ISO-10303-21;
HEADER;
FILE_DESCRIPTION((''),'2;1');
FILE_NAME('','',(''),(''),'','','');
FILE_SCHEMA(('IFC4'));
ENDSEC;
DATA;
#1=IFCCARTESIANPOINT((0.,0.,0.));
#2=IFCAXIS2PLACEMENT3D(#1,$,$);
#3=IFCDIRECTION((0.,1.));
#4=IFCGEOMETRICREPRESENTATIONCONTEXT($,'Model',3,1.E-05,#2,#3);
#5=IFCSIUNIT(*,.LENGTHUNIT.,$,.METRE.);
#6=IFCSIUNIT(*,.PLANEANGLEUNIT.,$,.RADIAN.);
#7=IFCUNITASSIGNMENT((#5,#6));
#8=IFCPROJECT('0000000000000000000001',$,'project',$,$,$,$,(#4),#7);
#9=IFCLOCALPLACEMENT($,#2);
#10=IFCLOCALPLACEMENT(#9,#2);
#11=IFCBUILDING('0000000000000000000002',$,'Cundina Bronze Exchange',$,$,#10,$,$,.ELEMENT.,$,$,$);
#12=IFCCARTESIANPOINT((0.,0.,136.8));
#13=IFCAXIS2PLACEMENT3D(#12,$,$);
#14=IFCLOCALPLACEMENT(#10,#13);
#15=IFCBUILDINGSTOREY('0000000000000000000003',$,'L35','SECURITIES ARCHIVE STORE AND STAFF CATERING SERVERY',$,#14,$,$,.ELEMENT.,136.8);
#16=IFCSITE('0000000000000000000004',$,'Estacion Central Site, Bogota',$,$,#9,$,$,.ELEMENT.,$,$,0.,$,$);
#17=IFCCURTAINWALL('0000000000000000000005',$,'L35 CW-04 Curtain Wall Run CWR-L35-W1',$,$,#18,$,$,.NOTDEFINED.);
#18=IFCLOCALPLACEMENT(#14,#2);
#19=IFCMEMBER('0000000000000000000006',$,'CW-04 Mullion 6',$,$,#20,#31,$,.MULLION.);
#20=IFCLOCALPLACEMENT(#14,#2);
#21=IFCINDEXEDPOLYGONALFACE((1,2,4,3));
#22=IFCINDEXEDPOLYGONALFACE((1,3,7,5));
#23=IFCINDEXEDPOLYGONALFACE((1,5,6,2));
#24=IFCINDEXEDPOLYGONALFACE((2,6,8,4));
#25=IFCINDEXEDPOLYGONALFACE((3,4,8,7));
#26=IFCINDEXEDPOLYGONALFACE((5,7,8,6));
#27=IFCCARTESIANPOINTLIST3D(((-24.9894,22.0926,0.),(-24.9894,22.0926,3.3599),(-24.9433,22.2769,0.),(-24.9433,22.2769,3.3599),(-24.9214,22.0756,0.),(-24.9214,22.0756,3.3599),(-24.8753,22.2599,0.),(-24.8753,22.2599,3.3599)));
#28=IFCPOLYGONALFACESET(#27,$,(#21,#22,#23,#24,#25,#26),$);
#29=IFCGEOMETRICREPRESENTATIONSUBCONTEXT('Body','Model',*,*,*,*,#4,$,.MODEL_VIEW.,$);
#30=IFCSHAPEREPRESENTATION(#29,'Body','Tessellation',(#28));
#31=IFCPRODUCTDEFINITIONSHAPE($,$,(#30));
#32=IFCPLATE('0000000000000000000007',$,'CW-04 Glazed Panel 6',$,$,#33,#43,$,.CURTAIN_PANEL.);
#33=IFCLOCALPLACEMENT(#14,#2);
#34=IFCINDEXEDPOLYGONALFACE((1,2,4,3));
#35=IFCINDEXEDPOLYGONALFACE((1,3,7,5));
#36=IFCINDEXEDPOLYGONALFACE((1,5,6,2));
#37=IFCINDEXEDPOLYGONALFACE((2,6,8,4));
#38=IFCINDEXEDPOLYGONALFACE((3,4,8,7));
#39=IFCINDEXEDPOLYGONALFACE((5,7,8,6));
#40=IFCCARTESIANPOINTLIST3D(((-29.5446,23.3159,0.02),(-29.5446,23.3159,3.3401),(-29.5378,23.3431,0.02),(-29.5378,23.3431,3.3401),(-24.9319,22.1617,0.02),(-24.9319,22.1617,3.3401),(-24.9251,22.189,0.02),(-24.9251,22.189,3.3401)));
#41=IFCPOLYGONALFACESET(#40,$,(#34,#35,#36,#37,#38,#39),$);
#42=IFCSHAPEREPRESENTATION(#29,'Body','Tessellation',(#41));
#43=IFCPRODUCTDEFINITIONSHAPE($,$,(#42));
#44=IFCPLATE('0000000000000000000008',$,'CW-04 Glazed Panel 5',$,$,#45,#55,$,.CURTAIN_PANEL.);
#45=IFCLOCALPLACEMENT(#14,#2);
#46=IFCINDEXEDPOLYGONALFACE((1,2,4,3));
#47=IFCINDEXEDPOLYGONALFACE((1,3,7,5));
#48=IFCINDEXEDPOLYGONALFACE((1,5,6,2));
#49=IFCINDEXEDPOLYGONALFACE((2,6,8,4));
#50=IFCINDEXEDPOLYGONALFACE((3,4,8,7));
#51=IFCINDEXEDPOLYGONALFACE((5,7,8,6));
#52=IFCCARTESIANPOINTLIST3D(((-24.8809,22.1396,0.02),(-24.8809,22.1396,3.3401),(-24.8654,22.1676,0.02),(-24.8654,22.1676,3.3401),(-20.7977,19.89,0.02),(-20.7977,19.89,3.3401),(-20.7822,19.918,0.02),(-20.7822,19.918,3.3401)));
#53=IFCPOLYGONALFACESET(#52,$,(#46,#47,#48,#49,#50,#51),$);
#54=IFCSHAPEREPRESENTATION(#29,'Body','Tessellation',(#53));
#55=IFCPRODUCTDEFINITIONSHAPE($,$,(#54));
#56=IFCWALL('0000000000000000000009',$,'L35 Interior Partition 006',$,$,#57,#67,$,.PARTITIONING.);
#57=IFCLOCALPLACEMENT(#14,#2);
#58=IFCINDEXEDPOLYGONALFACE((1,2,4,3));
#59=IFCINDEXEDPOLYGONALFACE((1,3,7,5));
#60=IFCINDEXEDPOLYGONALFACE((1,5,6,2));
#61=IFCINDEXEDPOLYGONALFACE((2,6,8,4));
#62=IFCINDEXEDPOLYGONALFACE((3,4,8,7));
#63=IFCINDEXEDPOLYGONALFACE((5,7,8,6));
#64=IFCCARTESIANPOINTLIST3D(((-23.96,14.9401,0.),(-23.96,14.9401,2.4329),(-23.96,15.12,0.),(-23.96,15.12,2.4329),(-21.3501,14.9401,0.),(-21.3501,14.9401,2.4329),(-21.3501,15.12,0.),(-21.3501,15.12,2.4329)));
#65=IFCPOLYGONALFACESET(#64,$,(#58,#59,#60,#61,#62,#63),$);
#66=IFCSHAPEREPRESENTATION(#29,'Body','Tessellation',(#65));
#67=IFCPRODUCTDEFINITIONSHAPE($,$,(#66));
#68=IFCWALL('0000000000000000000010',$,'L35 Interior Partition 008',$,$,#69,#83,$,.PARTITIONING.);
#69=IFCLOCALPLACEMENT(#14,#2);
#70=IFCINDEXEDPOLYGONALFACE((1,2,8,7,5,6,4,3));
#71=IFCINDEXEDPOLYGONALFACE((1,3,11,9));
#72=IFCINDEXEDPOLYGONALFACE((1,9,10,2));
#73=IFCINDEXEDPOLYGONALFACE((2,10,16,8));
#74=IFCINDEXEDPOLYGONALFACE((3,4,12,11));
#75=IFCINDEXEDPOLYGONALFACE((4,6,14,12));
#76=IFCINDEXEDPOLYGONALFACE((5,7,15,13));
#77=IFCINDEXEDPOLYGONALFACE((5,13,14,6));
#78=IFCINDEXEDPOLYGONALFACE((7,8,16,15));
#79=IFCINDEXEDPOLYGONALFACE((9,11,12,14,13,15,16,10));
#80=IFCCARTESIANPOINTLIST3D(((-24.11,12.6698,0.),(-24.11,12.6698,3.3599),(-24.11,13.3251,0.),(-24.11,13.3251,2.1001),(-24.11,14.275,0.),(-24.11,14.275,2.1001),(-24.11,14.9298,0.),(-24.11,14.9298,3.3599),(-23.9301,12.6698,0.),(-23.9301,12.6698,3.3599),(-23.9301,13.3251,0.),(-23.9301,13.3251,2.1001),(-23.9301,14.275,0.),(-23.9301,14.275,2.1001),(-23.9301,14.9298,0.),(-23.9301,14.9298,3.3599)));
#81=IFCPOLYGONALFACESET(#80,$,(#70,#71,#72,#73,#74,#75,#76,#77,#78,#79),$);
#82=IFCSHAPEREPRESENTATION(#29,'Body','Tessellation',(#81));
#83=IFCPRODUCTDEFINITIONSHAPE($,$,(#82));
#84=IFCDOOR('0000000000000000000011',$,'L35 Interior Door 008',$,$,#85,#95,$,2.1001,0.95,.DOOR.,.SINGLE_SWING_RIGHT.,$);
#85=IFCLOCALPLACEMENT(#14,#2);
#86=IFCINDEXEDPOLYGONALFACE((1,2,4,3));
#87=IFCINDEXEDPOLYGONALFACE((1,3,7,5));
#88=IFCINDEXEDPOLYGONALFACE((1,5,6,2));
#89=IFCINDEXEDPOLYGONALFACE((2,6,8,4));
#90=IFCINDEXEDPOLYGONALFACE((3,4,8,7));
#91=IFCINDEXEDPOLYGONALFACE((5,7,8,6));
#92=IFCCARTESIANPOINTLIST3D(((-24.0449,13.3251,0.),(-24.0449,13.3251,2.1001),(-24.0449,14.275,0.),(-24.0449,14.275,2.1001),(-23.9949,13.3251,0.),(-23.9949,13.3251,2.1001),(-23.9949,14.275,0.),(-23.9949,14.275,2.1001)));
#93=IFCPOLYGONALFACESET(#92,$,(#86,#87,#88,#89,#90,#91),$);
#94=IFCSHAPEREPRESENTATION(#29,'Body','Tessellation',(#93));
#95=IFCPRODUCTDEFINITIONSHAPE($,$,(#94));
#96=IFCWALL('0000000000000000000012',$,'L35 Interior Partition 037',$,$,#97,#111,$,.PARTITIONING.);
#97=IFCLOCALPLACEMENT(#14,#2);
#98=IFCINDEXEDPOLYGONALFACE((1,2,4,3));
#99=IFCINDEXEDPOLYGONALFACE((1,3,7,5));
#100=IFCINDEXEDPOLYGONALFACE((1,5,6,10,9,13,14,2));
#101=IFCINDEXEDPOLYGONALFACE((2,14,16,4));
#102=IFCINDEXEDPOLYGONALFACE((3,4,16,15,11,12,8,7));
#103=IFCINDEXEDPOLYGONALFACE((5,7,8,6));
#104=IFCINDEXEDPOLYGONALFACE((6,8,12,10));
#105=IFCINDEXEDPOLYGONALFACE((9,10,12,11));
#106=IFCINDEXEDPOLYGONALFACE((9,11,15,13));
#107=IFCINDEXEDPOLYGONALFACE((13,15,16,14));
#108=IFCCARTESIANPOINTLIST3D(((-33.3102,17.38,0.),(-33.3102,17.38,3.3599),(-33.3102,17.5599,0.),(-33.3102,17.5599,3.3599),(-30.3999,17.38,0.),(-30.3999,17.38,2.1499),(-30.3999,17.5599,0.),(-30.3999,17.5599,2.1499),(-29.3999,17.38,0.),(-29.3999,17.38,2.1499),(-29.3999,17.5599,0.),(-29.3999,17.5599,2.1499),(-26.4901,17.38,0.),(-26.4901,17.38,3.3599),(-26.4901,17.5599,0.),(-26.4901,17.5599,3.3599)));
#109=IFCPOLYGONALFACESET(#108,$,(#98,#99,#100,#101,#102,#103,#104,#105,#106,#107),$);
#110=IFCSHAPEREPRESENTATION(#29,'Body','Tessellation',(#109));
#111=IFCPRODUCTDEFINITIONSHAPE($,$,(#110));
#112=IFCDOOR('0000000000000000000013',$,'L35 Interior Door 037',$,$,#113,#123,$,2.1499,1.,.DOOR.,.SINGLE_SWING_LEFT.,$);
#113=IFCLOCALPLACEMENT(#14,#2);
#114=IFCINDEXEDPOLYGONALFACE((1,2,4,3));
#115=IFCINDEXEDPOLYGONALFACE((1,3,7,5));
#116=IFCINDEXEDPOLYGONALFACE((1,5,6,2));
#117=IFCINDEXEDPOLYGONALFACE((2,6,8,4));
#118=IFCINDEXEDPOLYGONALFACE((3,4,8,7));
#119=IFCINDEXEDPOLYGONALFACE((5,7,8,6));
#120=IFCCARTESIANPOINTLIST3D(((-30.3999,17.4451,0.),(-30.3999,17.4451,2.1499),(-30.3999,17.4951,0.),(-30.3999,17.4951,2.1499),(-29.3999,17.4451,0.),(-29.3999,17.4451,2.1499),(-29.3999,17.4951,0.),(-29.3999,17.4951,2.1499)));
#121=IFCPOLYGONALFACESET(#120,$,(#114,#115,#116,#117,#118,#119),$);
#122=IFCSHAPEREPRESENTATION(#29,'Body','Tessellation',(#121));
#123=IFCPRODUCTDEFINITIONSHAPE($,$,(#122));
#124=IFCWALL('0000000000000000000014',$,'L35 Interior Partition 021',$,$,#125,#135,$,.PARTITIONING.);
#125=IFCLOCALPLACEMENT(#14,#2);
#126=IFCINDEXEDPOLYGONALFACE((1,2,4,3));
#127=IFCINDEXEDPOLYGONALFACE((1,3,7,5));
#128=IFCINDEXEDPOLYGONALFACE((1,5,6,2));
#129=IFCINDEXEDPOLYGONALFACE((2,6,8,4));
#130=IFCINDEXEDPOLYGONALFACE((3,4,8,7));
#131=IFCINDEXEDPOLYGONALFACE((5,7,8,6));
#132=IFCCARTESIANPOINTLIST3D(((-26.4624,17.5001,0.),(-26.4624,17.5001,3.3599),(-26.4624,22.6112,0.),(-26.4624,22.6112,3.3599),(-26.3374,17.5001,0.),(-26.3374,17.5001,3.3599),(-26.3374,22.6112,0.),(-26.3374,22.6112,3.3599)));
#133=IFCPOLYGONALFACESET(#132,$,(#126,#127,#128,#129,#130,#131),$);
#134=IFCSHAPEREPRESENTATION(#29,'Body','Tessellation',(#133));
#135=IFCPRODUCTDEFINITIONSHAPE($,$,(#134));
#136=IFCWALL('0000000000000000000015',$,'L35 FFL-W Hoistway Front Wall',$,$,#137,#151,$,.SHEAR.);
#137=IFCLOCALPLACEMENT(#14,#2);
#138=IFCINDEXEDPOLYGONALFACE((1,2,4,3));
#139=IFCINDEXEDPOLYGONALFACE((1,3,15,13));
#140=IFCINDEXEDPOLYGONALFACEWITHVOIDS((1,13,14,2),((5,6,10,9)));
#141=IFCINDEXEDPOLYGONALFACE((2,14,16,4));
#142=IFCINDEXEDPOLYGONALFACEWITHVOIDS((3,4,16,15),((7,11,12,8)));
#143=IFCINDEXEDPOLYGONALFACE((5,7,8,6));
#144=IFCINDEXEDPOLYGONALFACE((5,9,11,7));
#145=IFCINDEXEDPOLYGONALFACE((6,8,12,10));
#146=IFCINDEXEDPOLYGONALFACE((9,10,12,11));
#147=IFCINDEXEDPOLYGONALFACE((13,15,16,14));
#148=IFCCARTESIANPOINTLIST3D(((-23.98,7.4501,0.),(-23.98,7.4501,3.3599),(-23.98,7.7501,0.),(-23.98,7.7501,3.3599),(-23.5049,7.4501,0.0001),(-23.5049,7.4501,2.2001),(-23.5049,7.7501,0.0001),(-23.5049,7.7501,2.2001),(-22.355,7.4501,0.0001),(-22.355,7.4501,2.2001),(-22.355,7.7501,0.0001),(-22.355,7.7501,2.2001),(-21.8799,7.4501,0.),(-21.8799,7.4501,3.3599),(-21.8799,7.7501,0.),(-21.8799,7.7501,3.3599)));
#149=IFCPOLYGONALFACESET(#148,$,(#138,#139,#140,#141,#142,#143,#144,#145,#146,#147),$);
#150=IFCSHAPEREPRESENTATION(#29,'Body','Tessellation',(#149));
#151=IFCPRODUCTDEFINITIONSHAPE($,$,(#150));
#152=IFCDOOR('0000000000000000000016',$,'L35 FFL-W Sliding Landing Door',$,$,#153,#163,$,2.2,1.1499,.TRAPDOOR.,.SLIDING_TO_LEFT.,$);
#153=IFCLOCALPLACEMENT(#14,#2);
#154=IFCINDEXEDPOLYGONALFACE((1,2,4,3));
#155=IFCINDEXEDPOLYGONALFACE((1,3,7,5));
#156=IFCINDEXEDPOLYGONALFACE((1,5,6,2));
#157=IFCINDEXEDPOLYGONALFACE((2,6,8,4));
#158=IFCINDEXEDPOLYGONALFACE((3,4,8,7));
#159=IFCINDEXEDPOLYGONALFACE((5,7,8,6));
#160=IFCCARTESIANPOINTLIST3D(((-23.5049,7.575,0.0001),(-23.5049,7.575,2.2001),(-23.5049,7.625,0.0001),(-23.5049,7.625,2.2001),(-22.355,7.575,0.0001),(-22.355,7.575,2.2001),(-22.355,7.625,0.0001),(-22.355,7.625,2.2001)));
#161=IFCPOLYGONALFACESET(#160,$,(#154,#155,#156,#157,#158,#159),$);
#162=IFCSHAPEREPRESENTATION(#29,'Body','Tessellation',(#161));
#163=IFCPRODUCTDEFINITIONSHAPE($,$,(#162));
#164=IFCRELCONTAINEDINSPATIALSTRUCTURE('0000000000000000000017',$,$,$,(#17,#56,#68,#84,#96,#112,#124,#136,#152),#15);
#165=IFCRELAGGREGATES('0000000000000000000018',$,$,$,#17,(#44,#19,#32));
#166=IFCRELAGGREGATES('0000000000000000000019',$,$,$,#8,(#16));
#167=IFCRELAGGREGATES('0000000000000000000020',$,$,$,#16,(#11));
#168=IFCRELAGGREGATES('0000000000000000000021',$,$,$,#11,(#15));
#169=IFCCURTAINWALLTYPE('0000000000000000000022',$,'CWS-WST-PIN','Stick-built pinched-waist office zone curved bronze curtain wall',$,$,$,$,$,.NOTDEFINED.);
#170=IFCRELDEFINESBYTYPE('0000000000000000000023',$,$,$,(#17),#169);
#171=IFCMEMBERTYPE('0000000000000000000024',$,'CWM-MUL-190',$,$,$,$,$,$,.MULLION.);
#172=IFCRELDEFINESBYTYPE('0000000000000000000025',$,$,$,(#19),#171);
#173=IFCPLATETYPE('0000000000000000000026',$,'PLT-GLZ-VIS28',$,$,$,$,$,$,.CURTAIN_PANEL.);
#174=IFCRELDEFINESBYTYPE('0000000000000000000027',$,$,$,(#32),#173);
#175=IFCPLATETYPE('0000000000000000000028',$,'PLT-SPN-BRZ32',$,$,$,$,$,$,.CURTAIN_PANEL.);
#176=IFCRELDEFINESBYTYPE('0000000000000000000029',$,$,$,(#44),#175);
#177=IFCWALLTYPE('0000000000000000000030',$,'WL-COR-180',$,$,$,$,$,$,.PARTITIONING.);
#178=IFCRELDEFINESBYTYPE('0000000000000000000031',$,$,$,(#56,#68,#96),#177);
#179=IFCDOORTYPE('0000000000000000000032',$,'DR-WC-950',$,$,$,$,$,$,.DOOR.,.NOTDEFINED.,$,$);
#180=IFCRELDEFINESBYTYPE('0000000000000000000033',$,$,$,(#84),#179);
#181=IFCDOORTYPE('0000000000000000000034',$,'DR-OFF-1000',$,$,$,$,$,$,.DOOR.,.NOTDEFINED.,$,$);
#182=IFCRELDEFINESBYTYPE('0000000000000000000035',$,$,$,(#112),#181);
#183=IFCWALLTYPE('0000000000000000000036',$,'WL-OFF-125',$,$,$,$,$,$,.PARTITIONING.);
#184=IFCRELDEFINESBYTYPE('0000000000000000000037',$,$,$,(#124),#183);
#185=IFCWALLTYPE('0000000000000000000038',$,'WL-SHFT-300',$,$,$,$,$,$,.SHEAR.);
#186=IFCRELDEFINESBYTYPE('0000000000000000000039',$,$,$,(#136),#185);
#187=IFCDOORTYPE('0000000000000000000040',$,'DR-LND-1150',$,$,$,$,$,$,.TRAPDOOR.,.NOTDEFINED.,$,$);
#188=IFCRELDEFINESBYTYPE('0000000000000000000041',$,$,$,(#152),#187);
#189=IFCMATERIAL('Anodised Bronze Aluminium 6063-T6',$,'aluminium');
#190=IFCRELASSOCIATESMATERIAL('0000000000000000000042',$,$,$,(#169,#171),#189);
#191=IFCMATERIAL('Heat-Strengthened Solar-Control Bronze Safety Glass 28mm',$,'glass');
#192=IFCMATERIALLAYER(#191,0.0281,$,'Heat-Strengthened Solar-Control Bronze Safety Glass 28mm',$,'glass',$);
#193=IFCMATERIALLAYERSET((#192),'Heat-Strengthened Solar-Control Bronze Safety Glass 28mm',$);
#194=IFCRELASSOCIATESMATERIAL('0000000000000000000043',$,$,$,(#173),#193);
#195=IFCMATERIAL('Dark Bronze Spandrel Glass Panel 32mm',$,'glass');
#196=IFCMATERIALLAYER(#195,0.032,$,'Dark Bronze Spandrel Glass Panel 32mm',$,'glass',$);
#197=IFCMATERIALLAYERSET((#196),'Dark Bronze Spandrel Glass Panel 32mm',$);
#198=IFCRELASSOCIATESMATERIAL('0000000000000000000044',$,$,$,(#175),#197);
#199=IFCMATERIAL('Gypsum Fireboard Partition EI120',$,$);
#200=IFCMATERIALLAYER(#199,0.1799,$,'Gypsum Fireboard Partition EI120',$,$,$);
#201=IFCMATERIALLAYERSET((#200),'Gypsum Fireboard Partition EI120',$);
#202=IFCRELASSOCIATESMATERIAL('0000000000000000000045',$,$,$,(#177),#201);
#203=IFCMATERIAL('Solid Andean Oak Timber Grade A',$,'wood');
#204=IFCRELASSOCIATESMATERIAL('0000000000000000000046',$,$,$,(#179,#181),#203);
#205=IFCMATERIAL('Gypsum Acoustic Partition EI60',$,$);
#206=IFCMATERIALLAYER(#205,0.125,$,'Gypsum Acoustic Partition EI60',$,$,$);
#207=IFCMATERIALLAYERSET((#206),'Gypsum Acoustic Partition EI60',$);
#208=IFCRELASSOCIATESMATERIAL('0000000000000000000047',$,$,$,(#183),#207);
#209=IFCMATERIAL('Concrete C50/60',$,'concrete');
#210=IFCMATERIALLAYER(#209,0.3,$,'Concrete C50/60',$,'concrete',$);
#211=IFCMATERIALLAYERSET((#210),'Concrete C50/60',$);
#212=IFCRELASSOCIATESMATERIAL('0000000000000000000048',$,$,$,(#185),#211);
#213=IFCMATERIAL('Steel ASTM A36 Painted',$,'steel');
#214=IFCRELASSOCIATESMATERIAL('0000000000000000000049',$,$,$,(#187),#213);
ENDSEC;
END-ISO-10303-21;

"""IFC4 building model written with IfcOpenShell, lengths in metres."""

from ifc_helpers import new_model, si_unit, direction, frame, frame_2d, origin, origin_2d, place, context, subcontext, project, spatial, rectangle, extrude, material, layer, layer_set, material_profile, profile_set, type_object, element, fill, aggregate, save


model = new_model("IFC4")

# Units and contexts
model_context = context("Model", 3, precision=1e-05, world=origin(), true_north=direction((0.0, 1.0)))
body_context = subcontext(model_context, "Body", "Model", "MODEL_VIEW")
ifc_project = project(units=[si_unit("LENGTHUNIT", "METRE"), si_unit("PLANEANGLEUNIT", "RADIAN")], contexts=[model_context])

# Site, building, storey
site_placement = place(None, origin())
site = spatial("IfcSite", under=ifc_project, at=site_placement, Name="Estacion Central Site, Bogota", CompositionType="ELEMENT", RefElevation=0.0)
building_placement = place(site_placement, origin())
building = spatial("IfcBuilding", under=site, at=building_placement, Name="Cundina Bronze Exchange", CompositionType="ELEMENT")
storey_placement = place(building_placement, frame((0.0, 0.0, 136.8)))
storey = spatial("IfcBuildingStorey", under=building, at=storey_placement, Name="L35", Description="SECURITIES ARCHIVE STORE AND STAFF CATERING SERVERY", CompositionType="ELEMENT", Elevation=136.8)

# Shared definitions
ifc_material_1 = material(Name="Concrete C50/60", Category="concrete")

# Curtain wall, member, plates
ifc_material_2 = material(Name="Anodised Bronze Aluminium 6063-T6", Category="aluminium")
curtain_wall_type = type_object("IfcCurtainWallType", Name="CWS-WST-PIN", Description="Stick-built pinched-waist office zone curved bronze curtain wall", PredefinedType="NOTDEFINED", material=ifc_material_2)
curtain_wall_placement = place(storey_placement, origin())
curtain_wall = element("IfcCurtainWall", 1, at=curtain_wall_placement, inside=storey, type_object=curtain_wall_type, Name="L35 CW-04 Curtain Wall Run CWR-L35-W1", PredefinedType="NOTDEFINED")
ifc_material_profile_1 = material_profile(ifc_material_2, rectangle(XDim=0.0701, YDim=0.1899, at=origin_2d()), Name="AL70X190", Category="aluminium")
ifc_profile_set_1 = profile_set([ifc_material_profile_1], Name="Anodised Bronze Aluminium 6063-T6")
member_type = type_object("IfcMemberType", Name="CWM-MUL-190", PredefinedType="MULLION", material=ifc_profile_set_1)
member_placement = place(storey_placement, frame((-24.9324, 22.1763, 0.0), z_axis=(0.0, 0.0, 1.0), x_axis=(-0.970084, 0.242769, 0.0)))
member = element("IfcMember", 2, at=member_placement, type_object=member_type, Name="CW-04 Mullion 6", PredefinedType="MULLION", context=body_context, shape_type="SweptSolid", body=[
    extrude(rectangle(XDim=0.0701, YDim=0.1899, at=origin_2d()), origin(), (0.0, 0.0, 1.0), 3.3599),
])
ifc_material_3 = material(Name="Heat-Strengthened Solar-Control Bronze Safety Glass 28mm", Category="glass")
ifc_layer_1 = layer(ifc_material_3, 0.0281, Name="Heat-Strengthened Solar-Control Bronze Safety Glass 28mm", Category="glass")
ifc_layer_set_1 = layer_set([ifc_layer_1], Name="Heat-Strengthened Solar-Control Bronze Safety Glass 28mm")
plate_type_1 = type_object("IfcPlateType", Name="PLT-GLZ-VIS28", PredefinedType="CURTAIN_PANEL", material=ifc_layer_set_1)
plate_1_placement = place(storey_placement, frame((-27.2349, 22.7524, 0.02), z_axis=(0.0, 0.0, 1.0), x_axis=(-0.970093, 0.242735, 0.0)))
plate_1 = element("IfcPlate", 3, at=plate_1_placement, type_object=plate_type_1, Name="CW-04 Glazed Panel 6", PredefinedType="CURTAIN_PANEL", context=body_context, shape_type="SweptSolid", body=[
    extrude(rectangle(XDim=4.7549, YDim=0.0281, at=origin_2d()), origin(), (0.0, 0.0, 1.0), 3.3201),
])
ifc_material_4 = material(Name="Dark Bronze Spandrel Glass Panel 32mm", Category="glass")
ifc_layer_2 = layer(ifc_material_4, 0.032, Name="Dark Bronze Spandrel Glass Panel 32mm", Category="glass")
ifc_layer_set_2 = layer_set([ifc_layer_2], Name="Dark Bronze Spandrel Glass Panel 32mm")
plate_type_2 = type_object("IfcPlateType", Name="PLT-SPN-BRZ32", PredefinedType="CURTAIN_PANEL", material=ifc_layer_set_2)
plate_2_placement = place(storey_placement, frame((-22.8315, 21.0288, 0.02), z_axis=(0.0, 0.0, 1.0), x_axis=(-0.875869, 0.482549, 0.0)))
plate_2 = element("IfcPlate", 4, at=plate_2_placement, type_object=plate_type_2, Name="CW-04 Glazed Panel 5", PredefinedType="CURTAIN_PANEL", context=body_context, shape_type="SweptSolid", body=[
    extrude(rectangle(XDim=4.6619, YDim=0.032, at=origin_2d()), origin(), (0.0, 0.0, 1.0), 3.3201),
])
aggregate(curtain_wall, [plate_2, member, plate_1])

# Wall
ifc_material_5 = material(Name="Gypsum Fireboard Partition EI120")
ifc_layer_3 = layer(ifc_material_5, 0.1799, Name="Gypsum Fireboard Partition EI120")
ifc_layer_set_3 = layer_set([ifc_layer_3], Name="Gypsum Fireboard Partition EI120")
wall_type_1 = type_object("IfcWallType", Name="WL-COR-180", PredefinedType="PARTITIONING", material=ifc_layer_set_3)
wall_1_placement = place(storey_placement, frame((-23.96, 15.03, 0.0), z_axis=(0.0, 0.0, 1.0), x_axis=(1.0, 0.0, 0.0)))
element("IfcWall", 5, at=wall_1_placement, inside=storey, type_object=wall_type_1, Name="L35 Interior Partition 006", PredefinedType="PARTITIONING", context=body_context, shape_type="SweptSolid", body=[
    extrude(rectangle(XDim=2.6099, YDim=0.1799, at=frame_2d((1.3049, 0.0))), origin(), (0.0, 0.0, 1.0), 2.4329),
])

# Walls, openings, doors
wall_2_placement = place(storey_placement, frame((-24.02, 12.6699, 0.0), z_axis=(0.0, 0.0, 1.0), x_axis=(0.0, 1.0, 0.0)))
wall_2 = element("IfcWall", 6, at=wall_2_placement, inside=storey, type_object=wall_type_1, Name="L35 Interior Partition 008", PredefinedType="PARTITIONING", context=body_context, shape_type="SweptSolid", body=[
    extrude(rectangle(XDim=2.26, YDim=0.1799, at=frame_2d((1.1299, 0.0))), origin(), (0.0, 0.0, 1.0), 3.3599),
])
opening_1_placement = place(wall_2_placement, frame((0.655, 0.0, 0.0)))
opening_1 = element("IfcOpeningElement", 7, at=opening_1_placement, cuts=wall_2, PredefinedType="OPENING", context=body_context, shape_type="SweptSolid", body=[
    extrude(rectangle(XDim=0.95, YDim=2.1001, at=frame_2d((0.4751, 1.05))), frame((0.0, 0.0999, 0.0), z_axis=(0.0, -1.0, 0.0), x_axis=(1.0, 0.0, 0.0)), (0.0, 0.0, 1.0), 0.2),
])
ifc_material_6 = material(Name="Solid Andean Oak Timber Grade A", Category="wood")
door_type_1 = type_object("IfcDoorType", Name="DR-WC-950", OperationType="NOTDEFINED", PredefinedType="DOOR", material=ifc_material_6)
door_1_placement = place(opening_1_placement, origin())
door_1 = element("IfcDoor", 8, at=door_1_placement, inside=storey, type_object=door_type_1, Name="L35 Interior Door 008", OperationType="SINGLE_SWING_RIGHT", OverallHeight=2.1001, OverallWidth=0.95, PredefinedType="DOOR", context=body_context, shape_type="SweptSolid", body=[
    extrude(rectangle(XDim=0.95, YDim=2.1001, at=frame_2d((0.4751, 1.05))), frame((0.0, 0.0249, 0.0), z_axis=(0.0, -1.0, 0.0), x_axis=(1.0, 0.0, 0.0)), (0.0, 0.0, 1.0), 0.05),
])
fill(opening_1, door_1)
wall_3_placement = place(storey_placement, frame((-26.49, 17.47, 0.0), z_axis=(0.0, 0.0, 1.0), x_axis=(-1.0, 0.0, 0.0)))
wall_3 = element("IfcWall", 9, at=wall_3_placement, inside=storey, type_object=wall_type_1, Name="L35 Interior Partition 037", PredefinedType="PARTITIONING", context=body_context, shape_type="SweptSolid", body=[
    extrude(rectangle(XDim=6.8201, YDim=0.1799, at=frame_2d((3.4102, 0.0))), origin(), (0.0, 0.0, 1.0), 3.3599),
])
opening_2_placement = place(wall_3_placement, frame((2.9099, 0.0, 0.0)))
opening_2 = element("IfcOpeningElement", 10, at=opening_2_placement, cuts=wall_3, PredefinedType="OPENING", context=body_context, shape_type="SweptSolid", body=[
    extrude(rectangle(XDim=1.0, YDim=2.1499, at=frame_2d((0.5, 1.075))), frame((0.0, 0.0999, 0.0), z_axis=(0.0, -1.0, 0.0), x_axis=(1.0, 0.0, 0.0)), (0.0, 0.0, 1.0), 0.2),
])
door_type_2 = type_object("IfcDoorType", Name="DR-OFF-1000", OperationType="NOTDEFINED", PredefinedType="DOOR", material=ifc_material_6)
door_2_placement = place(opening_2_placement, origin())
door_2 = element("IfcDoor", 11, at=door_2_placement, inside=storey, type_object=door_type_2, Name="L35 Interior Door 037", OperationType="SINGLE_SWING_LEFT", OverallHeight=2.1499, OverallWidth=1.0, PredefinedType="DOOR", context=body_context, shape_type="SweptSolid", body=[
    extrude(rectangle(XDim=1.0, YDim=2.1499, at=frame_2d((0.5, 1.075))), frame((0.0, 0.0249, 0.0), z_axis=(0.0, -1.0, 0.0), x_axis=(1.0, 0.0, 0.0)), (0.0, 0.0, 1.0), 0.05),
])
fill(opening_2, door_2)

# Wall
ifc_material_7 = material(Name="Gypsum Acoustic Partition EI60")
ifc_layer_4 = layer(ifc_material_7, 0.125, Name="Gypsum Acoustic Partition EI60")
ifc_layer_set_4 = layer_set([ifc_layer_4], Name="Gypsum Acoustic Partition EI60")
wall_type_2 = type_object("IfcWallType", Name="WL-OFF-125", PredefinedType="PARTITIONING", material=ifc_layer_set_4)
wall_4_placement = place(storey_placement, frame((-26.3999, 17.5, 0.0), z_axis=(0.0, 0.0, 1.0), x_axis=(0.0, 1.0, 0.0)))
element("IfcWall", 12, at=wall_4_placement, inside=storey, type_object=wall_type_2, Name="L35 Interior Partition 021", PredefinedType="PARTITIONING", context=body_context, shape_type="SweptSolid", body=[
    extrude(rectangle(XDim=5.1111, YDim=0.125, at=frame_2d((2.5557, 0.0))), origin(), (0.0, 0.0, 1.0), 3.3599),
])

# Wall, opening, door
ifc_layer_5 = layer(ifc_material_1, 0.3, Name="Concrete C50/60", Category="concrete")
ifc_layer_set_5 = layer_set([ifc_layer_5], Name="Concrete C50/60")
wall_type_3 = type_object("IfcWallType", Name="WL-SHFT-300", PredefinedType="SHEAR", material=ifc_layer_set_5)
ifc_material_8 = material(Name="Steel ASTM A36 Painted", Category="steel")
wall_5_placement = place(storey_placement, frame((-23.98, 7.6001, 0.0), z_axis=(0.0, 0.0, 1.0), x_axis=(1.0, 0.0, 0.0)))
wall_5 = element("IfcWall", 13, at=wall_5_placement, inside=storey, type_object=wall_type_3, Name="L35 FFL-W Hoistway Front Wall", PredefinedType="SHEAR", context=body_context, shape_type="SweptSolid", body=[
    extrude(rectangle(XDim=2.1001, YDim=0.3, at=frame_2d((1.05, 0.0))), origin(), (0.0, 0.0, 1.0), 3.3599),
])
opening_3_placement = place(wall_5_placement, frame((0.4751, 0.0, 0.0)))
opening_3 = element("IfcOpeningElement", 14, at=opening_3_placement, cuts=wall_5, PredefinedType="OPENING", context=body_context, shape_type="SweptSolid", body=[
    extrude(rectangle(XDim=1.1499, YDim=2.2, at=frame_2d((0.575, 1.1001))), frame((0.0, 0.1599, 0.0), z_axis=(0.0, -1.0, 0.0), x_axis=(1.0, 0.0, 0.0)), (0.0, 0.0, 1.0), 0.3201),
])
door_type_3 = type_object("IfcDoorType", Name="DR-LND-1150", OperationType="NOTDEFINED", PredefinedType="TRAPDOOR", material=ifc_material_8)
door_3_placement = place(opening_3_placement, origin())
door_3 = element("IfcDoor", 15, at=door_3_placement, inside=storey, type_object=door_type_3, Name="L35 FFL-W Sliding Landing Door", OperationType="SLIDING_TO_LEFT", OverallHeight=2.2, OverallWidth=1.1499, PredefinedType="TRAPDOOR", context=body_context, shape_type="SweptSolid", body=[
    extrude(rectangle(XDim=1.1499, YDim=2.2, at=frame_2d((0.575, 1.1001))), frame((0.0, 0.0249, 0.0), z_axis=(0.0, -1.0, 0.0), x_axis=(1.0, 0.0, 0.0)), (0.0, 0.0, 1.0), 0.05),
])
fill(opening_3, door_3)

save(model, "model.ifc")
